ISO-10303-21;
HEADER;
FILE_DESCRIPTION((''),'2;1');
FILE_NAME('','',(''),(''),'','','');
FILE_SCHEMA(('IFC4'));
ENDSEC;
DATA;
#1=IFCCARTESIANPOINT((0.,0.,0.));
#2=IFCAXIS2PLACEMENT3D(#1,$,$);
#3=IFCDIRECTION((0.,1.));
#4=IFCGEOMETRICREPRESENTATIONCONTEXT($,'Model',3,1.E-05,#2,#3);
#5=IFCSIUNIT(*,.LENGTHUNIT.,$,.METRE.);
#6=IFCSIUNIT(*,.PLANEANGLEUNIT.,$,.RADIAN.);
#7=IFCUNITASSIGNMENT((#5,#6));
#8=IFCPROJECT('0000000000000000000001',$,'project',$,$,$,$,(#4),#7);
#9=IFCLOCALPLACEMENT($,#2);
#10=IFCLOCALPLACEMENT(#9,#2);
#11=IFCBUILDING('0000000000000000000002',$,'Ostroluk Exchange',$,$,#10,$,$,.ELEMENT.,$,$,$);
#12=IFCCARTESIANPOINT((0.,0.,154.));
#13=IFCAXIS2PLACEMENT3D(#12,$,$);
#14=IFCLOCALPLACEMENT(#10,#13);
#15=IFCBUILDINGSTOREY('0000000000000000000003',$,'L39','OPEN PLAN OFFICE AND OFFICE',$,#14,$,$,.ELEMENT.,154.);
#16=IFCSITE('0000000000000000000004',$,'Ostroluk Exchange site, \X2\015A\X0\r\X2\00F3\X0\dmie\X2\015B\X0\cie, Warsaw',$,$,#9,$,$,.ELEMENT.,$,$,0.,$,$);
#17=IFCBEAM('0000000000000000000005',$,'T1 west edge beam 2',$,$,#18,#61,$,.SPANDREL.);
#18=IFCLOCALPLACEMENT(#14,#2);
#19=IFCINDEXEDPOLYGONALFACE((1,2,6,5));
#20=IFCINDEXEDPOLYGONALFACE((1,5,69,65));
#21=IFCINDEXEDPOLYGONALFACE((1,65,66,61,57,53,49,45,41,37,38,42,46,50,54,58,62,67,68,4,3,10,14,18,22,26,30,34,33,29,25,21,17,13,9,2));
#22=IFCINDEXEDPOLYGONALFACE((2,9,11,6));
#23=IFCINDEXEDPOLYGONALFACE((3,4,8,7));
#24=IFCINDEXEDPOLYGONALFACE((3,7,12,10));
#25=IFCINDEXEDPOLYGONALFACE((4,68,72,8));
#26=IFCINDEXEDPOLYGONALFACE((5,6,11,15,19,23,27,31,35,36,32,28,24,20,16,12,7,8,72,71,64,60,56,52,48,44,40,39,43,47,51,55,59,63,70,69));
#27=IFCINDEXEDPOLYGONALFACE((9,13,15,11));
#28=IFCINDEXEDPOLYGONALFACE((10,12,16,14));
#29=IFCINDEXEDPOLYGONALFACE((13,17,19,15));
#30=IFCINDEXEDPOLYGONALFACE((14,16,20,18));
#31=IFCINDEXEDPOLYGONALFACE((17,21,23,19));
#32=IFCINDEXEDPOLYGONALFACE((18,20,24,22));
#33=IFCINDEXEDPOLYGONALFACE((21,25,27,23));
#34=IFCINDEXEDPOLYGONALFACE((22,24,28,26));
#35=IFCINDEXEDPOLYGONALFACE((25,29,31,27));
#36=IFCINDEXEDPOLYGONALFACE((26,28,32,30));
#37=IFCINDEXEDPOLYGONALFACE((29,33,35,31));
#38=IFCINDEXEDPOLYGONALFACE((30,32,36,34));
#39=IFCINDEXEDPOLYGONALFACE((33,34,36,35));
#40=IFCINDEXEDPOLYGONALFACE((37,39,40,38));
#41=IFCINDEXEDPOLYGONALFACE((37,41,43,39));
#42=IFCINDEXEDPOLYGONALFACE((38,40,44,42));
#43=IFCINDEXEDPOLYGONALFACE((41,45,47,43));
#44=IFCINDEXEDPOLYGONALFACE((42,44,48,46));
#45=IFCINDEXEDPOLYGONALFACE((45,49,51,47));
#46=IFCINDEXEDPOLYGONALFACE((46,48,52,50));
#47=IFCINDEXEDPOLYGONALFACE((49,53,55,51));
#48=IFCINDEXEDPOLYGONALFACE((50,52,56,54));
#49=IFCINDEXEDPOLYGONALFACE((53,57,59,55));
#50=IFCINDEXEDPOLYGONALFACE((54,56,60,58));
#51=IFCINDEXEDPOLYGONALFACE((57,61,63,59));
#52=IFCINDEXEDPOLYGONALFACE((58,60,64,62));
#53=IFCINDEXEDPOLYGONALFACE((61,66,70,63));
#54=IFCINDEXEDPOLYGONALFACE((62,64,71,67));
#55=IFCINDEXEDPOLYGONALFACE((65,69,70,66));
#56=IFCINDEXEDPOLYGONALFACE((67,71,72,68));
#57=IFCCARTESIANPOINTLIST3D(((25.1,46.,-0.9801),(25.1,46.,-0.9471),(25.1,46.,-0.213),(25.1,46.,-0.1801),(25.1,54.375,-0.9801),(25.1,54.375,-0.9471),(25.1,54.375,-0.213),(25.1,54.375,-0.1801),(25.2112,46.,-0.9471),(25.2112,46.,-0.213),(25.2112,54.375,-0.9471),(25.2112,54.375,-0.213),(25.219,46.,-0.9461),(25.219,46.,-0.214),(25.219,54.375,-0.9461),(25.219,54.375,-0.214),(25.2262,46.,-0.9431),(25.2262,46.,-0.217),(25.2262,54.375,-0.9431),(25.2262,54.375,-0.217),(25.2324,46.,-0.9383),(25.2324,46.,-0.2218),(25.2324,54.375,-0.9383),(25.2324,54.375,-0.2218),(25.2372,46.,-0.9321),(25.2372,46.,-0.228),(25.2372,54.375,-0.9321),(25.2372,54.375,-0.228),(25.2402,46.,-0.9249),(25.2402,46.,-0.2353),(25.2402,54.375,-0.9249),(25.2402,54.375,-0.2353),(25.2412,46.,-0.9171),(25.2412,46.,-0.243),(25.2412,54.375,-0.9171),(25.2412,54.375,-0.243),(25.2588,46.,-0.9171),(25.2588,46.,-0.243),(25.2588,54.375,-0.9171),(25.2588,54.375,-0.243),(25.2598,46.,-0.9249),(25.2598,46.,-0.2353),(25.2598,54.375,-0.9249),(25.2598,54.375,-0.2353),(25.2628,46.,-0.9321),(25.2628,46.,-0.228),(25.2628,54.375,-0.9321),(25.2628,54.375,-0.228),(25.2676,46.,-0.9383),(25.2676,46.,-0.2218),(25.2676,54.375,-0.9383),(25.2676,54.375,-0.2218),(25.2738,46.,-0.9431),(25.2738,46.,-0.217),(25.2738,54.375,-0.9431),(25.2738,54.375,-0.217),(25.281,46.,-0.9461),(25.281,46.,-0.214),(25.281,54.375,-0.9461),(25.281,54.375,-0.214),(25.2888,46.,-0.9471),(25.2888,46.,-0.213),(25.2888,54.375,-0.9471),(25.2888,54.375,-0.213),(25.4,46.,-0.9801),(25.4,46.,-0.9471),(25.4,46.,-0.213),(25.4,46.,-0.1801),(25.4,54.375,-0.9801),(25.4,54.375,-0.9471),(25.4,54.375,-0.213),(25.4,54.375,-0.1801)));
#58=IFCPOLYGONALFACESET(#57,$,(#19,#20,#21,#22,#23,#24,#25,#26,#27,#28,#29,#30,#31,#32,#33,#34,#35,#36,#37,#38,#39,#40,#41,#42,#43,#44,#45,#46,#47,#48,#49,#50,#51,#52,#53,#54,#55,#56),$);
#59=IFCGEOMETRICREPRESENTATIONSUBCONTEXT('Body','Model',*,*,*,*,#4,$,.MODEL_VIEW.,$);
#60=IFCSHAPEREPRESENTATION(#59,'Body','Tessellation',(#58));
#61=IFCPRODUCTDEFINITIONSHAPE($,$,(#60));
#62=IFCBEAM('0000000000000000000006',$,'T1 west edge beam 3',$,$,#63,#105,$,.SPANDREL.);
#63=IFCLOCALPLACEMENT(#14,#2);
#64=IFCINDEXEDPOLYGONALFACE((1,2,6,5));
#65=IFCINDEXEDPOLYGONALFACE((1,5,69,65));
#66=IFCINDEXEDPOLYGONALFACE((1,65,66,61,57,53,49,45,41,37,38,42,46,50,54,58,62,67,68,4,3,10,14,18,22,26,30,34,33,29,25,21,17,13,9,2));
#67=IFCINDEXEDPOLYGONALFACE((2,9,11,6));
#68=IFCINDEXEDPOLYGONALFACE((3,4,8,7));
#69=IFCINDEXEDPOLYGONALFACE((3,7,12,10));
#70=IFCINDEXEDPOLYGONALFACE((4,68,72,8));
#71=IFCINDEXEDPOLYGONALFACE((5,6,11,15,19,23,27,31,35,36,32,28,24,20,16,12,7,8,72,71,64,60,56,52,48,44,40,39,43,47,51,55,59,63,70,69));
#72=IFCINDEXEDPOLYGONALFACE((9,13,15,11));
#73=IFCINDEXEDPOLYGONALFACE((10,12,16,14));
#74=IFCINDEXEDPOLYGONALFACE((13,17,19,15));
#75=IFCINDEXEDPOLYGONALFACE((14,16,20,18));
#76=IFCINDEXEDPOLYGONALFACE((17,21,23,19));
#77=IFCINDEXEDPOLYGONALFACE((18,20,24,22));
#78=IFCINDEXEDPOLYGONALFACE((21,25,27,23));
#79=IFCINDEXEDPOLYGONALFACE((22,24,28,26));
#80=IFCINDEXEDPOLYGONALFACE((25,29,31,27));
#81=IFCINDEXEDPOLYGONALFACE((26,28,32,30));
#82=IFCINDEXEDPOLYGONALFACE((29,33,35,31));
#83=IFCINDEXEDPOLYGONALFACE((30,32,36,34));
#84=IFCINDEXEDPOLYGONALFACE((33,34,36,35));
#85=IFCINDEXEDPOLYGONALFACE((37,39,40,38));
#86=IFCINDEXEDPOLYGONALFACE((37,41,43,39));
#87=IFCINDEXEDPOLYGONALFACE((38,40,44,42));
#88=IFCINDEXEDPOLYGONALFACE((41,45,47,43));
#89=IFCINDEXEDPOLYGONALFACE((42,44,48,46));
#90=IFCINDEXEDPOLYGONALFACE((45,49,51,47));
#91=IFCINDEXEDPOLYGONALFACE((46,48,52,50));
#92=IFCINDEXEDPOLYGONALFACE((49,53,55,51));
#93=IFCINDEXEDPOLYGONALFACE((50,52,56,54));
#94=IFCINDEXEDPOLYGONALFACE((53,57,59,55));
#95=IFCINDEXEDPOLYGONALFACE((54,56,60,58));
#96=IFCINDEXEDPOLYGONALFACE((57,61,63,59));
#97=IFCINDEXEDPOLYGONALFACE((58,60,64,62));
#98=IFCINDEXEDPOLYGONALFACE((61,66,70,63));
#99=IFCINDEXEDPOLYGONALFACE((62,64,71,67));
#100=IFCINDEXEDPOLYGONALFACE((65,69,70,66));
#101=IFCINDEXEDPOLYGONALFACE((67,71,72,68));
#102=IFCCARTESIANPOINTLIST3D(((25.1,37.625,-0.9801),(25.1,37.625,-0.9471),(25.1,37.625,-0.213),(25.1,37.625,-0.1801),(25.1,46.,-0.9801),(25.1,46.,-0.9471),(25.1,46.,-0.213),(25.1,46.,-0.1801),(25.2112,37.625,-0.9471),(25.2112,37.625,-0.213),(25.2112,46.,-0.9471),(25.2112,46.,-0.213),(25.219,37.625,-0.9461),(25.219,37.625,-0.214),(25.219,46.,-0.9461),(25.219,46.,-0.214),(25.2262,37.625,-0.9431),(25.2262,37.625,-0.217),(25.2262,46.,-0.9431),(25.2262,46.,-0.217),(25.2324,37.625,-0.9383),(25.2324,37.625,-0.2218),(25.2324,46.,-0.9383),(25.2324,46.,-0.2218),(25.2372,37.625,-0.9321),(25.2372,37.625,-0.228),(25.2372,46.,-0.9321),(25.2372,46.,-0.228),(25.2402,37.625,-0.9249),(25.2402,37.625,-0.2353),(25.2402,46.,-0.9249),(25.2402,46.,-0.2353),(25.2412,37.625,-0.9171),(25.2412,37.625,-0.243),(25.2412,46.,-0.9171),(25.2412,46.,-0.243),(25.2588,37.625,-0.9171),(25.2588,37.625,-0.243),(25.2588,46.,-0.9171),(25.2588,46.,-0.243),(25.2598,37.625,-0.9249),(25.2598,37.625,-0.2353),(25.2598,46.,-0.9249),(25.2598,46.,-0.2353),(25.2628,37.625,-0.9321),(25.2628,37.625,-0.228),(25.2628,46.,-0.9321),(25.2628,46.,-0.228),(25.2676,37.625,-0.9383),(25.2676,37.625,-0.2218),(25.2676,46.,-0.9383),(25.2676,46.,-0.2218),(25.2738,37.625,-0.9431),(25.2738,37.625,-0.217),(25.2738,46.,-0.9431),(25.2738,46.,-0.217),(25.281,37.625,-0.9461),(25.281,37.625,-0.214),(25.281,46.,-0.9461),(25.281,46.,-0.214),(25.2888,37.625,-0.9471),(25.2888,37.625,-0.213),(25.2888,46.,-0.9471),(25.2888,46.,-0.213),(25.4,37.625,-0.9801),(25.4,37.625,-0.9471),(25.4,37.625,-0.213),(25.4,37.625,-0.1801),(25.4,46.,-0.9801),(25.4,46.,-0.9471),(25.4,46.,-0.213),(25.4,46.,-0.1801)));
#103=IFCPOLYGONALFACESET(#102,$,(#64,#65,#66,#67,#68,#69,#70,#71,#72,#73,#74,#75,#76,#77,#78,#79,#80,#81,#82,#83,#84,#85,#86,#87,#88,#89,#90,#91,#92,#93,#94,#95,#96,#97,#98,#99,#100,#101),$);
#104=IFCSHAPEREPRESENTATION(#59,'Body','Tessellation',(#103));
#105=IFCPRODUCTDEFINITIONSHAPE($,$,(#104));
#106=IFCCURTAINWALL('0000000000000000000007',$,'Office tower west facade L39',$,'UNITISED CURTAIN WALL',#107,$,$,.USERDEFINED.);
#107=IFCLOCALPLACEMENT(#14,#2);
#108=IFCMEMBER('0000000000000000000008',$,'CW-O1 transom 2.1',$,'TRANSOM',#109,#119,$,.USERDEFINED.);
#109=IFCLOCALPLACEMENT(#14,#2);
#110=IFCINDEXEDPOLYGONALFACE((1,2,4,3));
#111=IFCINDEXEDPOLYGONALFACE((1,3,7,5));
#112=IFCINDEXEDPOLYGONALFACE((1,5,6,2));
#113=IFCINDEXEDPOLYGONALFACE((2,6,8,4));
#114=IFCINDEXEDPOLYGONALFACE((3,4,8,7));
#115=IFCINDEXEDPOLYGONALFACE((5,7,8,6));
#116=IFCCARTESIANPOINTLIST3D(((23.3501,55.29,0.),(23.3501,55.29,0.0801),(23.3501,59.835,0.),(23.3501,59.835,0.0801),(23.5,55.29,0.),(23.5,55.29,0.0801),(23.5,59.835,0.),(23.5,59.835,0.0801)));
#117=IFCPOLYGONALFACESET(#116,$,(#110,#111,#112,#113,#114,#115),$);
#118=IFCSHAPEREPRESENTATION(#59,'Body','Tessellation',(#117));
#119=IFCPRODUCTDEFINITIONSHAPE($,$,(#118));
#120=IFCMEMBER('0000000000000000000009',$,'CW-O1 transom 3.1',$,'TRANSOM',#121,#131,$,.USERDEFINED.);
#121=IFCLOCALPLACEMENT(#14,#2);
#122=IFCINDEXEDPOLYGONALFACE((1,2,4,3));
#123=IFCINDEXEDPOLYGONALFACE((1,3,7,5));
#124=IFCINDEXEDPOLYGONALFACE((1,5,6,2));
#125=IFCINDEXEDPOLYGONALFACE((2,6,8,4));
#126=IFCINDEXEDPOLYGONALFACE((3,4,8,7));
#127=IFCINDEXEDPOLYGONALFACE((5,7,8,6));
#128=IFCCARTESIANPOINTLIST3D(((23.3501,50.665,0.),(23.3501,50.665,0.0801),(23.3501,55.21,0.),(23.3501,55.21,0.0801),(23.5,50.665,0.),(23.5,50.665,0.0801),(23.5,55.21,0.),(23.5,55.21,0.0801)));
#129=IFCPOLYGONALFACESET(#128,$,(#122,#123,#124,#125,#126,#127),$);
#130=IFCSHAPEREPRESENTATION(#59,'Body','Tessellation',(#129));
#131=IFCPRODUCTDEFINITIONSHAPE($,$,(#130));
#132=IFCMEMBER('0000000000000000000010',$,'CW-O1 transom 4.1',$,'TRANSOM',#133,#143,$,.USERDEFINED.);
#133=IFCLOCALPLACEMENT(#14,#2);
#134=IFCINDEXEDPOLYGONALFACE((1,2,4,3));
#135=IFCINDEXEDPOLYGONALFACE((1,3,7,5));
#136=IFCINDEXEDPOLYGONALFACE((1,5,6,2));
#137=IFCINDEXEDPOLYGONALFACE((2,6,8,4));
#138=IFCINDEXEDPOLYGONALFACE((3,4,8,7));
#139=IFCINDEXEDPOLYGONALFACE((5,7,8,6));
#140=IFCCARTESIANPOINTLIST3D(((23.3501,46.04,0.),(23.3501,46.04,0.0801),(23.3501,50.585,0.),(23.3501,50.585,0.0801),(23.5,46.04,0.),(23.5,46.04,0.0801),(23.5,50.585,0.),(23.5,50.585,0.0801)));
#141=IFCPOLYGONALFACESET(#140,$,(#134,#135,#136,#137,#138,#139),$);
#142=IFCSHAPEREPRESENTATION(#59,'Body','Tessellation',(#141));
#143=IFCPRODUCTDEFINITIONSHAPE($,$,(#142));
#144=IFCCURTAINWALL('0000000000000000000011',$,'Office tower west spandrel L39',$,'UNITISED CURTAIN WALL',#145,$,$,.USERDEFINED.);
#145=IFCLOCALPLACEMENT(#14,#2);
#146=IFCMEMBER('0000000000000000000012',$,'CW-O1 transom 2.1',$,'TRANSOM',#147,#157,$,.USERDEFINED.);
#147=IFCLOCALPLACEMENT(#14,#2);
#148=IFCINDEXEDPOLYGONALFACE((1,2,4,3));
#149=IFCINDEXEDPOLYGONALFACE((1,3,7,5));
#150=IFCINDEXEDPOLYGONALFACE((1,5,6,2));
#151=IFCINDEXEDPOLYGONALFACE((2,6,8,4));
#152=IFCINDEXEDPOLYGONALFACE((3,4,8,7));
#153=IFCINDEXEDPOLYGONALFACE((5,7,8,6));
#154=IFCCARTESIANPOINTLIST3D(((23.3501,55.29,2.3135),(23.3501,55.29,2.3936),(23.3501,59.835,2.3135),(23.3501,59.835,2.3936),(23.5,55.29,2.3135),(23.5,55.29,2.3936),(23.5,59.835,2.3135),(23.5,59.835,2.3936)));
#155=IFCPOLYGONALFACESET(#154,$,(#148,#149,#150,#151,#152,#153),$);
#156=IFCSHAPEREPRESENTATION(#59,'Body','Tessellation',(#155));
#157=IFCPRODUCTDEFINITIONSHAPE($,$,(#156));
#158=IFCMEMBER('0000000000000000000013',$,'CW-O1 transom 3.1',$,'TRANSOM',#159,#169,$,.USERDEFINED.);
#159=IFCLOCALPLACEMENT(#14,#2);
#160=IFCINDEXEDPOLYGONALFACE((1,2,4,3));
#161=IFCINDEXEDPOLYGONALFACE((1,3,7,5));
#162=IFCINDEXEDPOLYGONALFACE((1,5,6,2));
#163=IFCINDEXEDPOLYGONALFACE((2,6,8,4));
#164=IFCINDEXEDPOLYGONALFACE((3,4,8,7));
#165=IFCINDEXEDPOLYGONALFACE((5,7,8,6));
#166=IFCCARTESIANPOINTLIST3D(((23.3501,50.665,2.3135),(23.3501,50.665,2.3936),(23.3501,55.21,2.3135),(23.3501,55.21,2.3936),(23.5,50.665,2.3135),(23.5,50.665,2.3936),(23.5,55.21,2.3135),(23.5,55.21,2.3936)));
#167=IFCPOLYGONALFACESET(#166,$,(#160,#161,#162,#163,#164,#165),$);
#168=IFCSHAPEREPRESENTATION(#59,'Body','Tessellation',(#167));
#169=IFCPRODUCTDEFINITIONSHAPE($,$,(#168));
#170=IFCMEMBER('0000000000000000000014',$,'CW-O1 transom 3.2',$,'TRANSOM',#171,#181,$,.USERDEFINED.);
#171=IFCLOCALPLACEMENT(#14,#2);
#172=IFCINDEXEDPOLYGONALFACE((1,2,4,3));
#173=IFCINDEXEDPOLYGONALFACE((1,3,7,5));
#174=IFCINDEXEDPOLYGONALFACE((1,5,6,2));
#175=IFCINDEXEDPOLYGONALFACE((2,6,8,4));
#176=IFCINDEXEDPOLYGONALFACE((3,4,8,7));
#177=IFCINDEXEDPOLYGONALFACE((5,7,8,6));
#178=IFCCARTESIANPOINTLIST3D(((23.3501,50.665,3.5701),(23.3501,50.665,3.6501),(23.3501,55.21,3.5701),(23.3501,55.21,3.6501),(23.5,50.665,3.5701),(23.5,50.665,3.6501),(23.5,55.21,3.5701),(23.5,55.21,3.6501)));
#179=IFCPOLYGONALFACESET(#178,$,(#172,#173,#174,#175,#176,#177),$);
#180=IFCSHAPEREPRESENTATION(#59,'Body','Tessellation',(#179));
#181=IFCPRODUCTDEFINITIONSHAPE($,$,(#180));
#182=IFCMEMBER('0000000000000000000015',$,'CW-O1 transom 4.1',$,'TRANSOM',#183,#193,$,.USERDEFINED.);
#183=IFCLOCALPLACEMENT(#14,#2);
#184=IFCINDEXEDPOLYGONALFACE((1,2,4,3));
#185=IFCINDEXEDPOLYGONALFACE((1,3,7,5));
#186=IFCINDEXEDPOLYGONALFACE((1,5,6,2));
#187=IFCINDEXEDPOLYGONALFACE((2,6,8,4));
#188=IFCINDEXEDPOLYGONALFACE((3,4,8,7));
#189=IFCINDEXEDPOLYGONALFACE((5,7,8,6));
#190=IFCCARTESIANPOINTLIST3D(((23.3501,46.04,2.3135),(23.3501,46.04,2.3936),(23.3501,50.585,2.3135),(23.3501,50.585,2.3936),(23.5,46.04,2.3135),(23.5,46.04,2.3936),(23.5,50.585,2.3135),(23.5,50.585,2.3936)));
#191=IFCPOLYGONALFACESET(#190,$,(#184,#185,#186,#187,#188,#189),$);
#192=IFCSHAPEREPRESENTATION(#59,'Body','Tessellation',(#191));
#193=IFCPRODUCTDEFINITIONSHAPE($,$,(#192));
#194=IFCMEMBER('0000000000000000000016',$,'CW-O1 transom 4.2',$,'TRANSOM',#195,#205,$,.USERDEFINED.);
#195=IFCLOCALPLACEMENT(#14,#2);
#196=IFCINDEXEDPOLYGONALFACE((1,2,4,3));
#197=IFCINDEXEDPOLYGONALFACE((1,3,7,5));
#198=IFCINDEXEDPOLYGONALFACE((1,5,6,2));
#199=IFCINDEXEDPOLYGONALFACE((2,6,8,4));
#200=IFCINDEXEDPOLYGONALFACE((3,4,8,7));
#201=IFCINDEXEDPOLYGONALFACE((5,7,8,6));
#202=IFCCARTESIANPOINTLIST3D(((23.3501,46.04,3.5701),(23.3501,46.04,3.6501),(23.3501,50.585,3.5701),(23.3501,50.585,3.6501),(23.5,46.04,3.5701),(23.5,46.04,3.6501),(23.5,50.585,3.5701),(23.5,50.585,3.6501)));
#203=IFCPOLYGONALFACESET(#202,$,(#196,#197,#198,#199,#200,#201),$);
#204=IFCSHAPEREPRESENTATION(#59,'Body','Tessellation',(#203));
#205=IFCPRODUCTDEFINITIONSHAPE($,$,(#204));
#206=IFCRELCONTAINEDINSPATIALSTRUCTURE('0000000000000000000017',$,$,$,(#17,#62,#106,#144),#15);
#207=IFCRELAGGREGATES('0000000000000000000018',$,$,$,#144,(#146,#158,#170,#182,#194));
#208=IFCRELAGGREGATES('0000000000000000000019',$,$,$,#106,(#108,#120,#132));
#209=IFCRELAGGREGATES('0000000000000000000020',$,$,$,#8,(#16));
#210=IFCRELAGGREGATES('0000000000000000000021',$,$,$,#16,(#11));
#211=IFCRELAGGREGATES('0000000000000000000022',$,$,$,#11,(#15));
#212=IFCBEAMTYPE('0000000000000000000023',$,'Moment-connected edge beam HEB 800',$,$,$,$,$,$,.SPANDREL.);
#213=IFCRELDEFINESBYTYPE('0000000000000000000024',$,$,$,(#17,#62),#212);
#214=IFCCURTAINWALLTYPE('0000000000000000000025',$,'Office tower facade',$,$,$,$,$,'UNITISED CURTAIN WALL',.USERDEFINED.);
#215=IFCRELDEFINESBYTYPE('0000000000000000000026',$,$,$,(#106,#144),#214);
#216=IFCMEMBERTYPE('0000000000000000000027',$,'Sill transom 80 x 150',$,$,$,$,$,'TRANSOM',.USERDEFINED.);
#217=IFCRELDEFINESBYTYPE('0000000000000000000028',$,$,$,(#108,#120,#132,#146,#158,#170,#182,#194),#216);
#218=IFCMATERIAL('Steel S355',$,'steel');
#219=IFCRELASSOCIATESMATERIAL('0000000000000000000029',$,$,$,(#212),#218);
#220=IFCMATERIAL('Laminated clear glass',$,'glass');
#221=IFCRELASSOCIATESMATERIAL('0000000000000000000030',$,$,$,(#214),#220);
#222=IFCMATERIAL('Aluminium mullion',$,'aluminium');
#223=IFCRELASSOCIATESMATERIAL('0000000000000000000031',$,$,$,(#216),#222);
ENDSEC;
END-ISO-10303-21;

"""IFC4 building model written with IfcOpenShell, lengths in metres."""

from ifc_helpers import new_model, si_unit, direction, frame, origin, origin_2d, place, context, subcontext, project, spatial, rectangle, i_section, extrude, material, material_profile, profile_set, type_object, element, aggregate, save


model = new_model("IFC4")

# Units and contexts
model_context = context("Model", 3, precision=1e-05, world=origin(), true_north=direction((0.0, 1.0)))
body_context = subcontext(model_context, "Body", "Model", "MODEL_VIEW")
ifc_project = project(units=[si_unit("LENGTHUNIT", "METRE"), si_unit("PLANEANGLEUNIT", "RADIAN")], contexts=[model_context])

# Site, building, storey
site_placement = place(None, origin())
site = spatial("IfcSite", under=ifc_project, at=site_placement, Name="Ostroluk Exchange site, Śródmieście, Warsaw", CompositionType="ELEMENT", RefElevation=0.0)
building_placement = place(site_placement, origin())
building = spatial("IfcBuilding", under=site, at=building_placement, Name="Ostroluk Exchange", CompositionType="ELEMENT")
storey_placement = place(building_placement, frame((0.0, 0.0, 154.0)))
storey = spatial("IfcBuildingStorey", under=building, at=storey_placement, Name="L39", Description="OPEN PLAN OFFICE AND OFFICE", CompositionType="ELEMENT", Elevation=154.0)

# Beams
ifc_material_1 = material(Name="Steel S355", Category="steel")
ifc_material_profile_1 = material_profile(ifc_material_1, i_section(OverallWidth=0.3, OverallDepth=0.8, WebThickness=0.0176, FlangeThickness=0.033, FilletRadius=0.03, at=origin_2d()), Name="HEB 800")
ifc_profile_set_1 = profile_set([ifc_material_profile_1], Name="Steel S355")
beam_type = type_object("IfcBeamType", Name="Moment-connected edge beam HEB 800", PredefinedType="SPANDREL", material=ifc_profile_set_1)
for number, where, z_axis, x_axis, name in (
    (1, (25.25, 54.375, -0.5801), (0.0, -1.0, 0.0), (1.0, 0.0, 0.0), "T1 west edge beam 2"),
    (2, (25.25, 46.0, -0.5801), (0.0, -1.0, 0.0), (1.0, 0.0, 0.0), "T1 west edge beam 3"),
):
    element("IfcBeam", number, at=place(storey_placement, frame(where, z_axis=z_axis, x_axis=x_axis)), inside=storey, type_object=beam_type, Name=name, PredefinedType="SPANDREL", context=body_context, shape_type="SweptSolid", body=[
        extrude(i_section(OverallWidth=0.3, OverallDepth=0.8, WebThickness=0.0176, FlangeThickness=0.033, FilletRadius=0.03, at=origin_2d()), origin(), (0.0, 0.0, 1.0), 8.375),
    ])

# Curtain walls, members
ifc_material_2 = material(Name="Laminated clear glass", Category="glass")
curtain_wall_type = type_object("IfcCurtainWallType", Name="Office tower facade", ElementType="UNITISED CURTAIN WALL", PredefinedType="USERDEFINED", material=ifc_material_2)
curtain_wall_1_placement = place(storey_placement, origin())
curtain_wall_1 = element("IfcCurtainWall", 3, at=curtain_wall_1_placement, inside=storey, type_object=curtain_wall_type, Name="Office tower west facade L39", ObjectType="UNITISED CURTAIN WALL", PredefinedType="USERDEFINED")
ifc_material_3 = material(Name="Aluminium mullion", Category="aluminium")
ifc_material_profile_2 = material_profile(ifc_material_3, rectangle(XDim=0.1499, YDim=0.0801, at=origin_2d()), Name="Sill transom 80 x 150")
ifc_profile_set_2 = profile_set([ifc_material_profile_2], Name="Aluminium mullion")
member_type_1 = type_object("IfcMemberType", Name="Sill transom 80 x 150", ElementType="TRANSOM", PredefinedType="USERDEFINED", material=ifc_profile_set_2)
member_1_placement = place(storey_placement, frame((23.425, 59.835, 0.04), z_axis=(0.0, -1.0, 0.0), x_axis=(1.0, 0.0, 0.0)))
member_1 = element("IfcMember", 4, at=member_1_placement, type_object=member_type_1, Name="CW-O1 transom 2.1", ObjectType="TRANSOM", PredefinedType="USERDEFINED", context=body_context, shape_type="SweptSolid", body=[
    extrude(rectangle(XDim=0.1499, YDim=0.0801, at=origin_2d()), origin(), (0.0, 0.0, 1.0), 4.5449),
])
member_2_placement = place(storey_placement, frame((23.425, 55.21, 0.04), z_axis=(0.0, -1.0, 0.0), x_axis=(1.0, 0.0, 0.0)))
member_2 = element("IfcMember", 5, at=member_2_placement, type_object=member_type_1, Name="CW-O1 transom 3.1", ObjectType="TRANSOM", PredefinedType="USERDEFINED", context=body_context, shape_type="SweptSolid", body=[
    extrude(rectangle(XDim=0.1499, YDim=0.0801, at=origin_2d()), origin(), (0.0, 0.0, 1.0), 4.5449),
])
member_3_placement = place(storey_placement, frame((23.425, 50.585, 0.04), z_axis=(0.0, -1.0, 0.0), x_axis=(1.0, 0.0, 0.0)))
member_3 = element("IfcMember", 6, at=member_3_placement, type_object=member_type_1, Name="CW-O1 transom 4.1", ObjectType="TRANSOM", PredefinedType="USERDEFINED", context=body_context, shape_type="SweptSolid", body=[
    extrude(rectangle(XDim=0.1499, YDim=0.0801, at=origin_2d()), origin(), (0.0, 0.0, 1.0), 4.5449),
])
curtain_wall_2_placement = place(storey_placement, origin())
curtain_wall_2 = element("IfcCurtainWall", 7, at=curtain_wall_2_placement, inside=storey, type_object=curtain_wall_type, Name="Office tower west spandrel L39", ObjectType="UNITISED CURTAIN WALL", PredefinedType="USERDEFINED")
member_4_placement = place(storey_placement, frame((23.425, 59.835, 2.3535), z_axis=(0.0, -1.0, 0.0), x_axis=(1.0, 0.0, 0.0)))
member_4 = element("IfcMember", 8, at=member_4_placement, type_object=member_type_1, Name="CW-O1 transom 2.1", ObjectType="TRANSOM", PredefinedType="USERDEFINED", context=body_context, shape_type="SweptSolid", body=[
    extrude(rectangle(XDim=0.1499, YDim=0.0801, at=origin_2d()), origin(), (0.0, 0.0, 1.0), 4.5449),
])
member_5_placement = place(storey_placement, frame((23.425, 55.21, 2.3535), z_axis=(0.0, -1.0, 0.0), x_axis=(1.0, 0.0, 0.0)))
member_5 = element("IfcMember", 9, at=member_5_placement, type_object=member_type_1, Name="CW-O1 transom 3.1", ObjectType="TRANSOM", PredefinedType="USERDEFINED", context=body_context, shape_type="SweptSolid", body=[
    extrude(rectangle(XDim=0.1499, YDim=0.0801, at=origin_2d()), origin(), (0.0, 0.0, 1.0), 4.5449),
])
member_6_placement = place(storey_placement, frame((23.425, 55.21, 3.6101), z_axis=(0.0, -1.0, 0.0), x_axis=(1.0, 0.0, 0.0)))
member_6 = element("IfcMember", 10, at=member_6_placement, type_object=member_type_1, Name="CW-O1 transom 3.2", ObjectType="TRANSOM", PredefinedType="USERDEFINED", context=body_context, shape_type="SweptSolid", body=[
    extrude(rectangle(XDim=0.1499, YDim=0.0801, at=origin_2d()), origin(), (0.0, 0.0, 1.0), 4.5449),
])
member_7_placement = place(storey_placement, frame((23.425, 50.585, 2.3535), z_axis=(0.0, -1.0, 0.0), x_axis=(1.0, 0.0, 0.0)))
member_7 = element("IfcMember", 11, at=member_7_placement, type_object=member_type_1, Name="CW-O1 transom 4.1", ObjectType="TRANSOM", PredefinedType="USERDEFINED", context=body_context, shape_type="SweptSolid", body=[
    extrude(rectangle(XDim=0.1499, YDim=0.0801, at=origin_2d()), origin(), (0.0, 0.0, 1.0), 4.5449),
])
member_8_placement = place(storey_placement, frame((23.425, 50.585, 3.6101), z_axis=(0.0, -1.0, 0.0), x_axis=(1.0, 0.0, 0.0)))
member_8 = element("IfcMember", 12, at=member_8_placement, type_object=member_type_1, Name="CW-O1 transom 4.2", ObjectType="TRANSOM", PredefinedType="USERDEFINED", context=body_context, shape_type="SweptSolid", body=[
    extrude(rectangle(XDim=0.1499, YDim=0.0801, at=origin_2d()), origin(), (0.0, 0.0, 1.0), 4.5449),
])

aggregate(curtain_wall_2, [member_4, member_5, member_6, member_7, member_8])
aggregate(curtain_wall_1, [member_1, member_2, member_3])

save(model, "model.ifc")
